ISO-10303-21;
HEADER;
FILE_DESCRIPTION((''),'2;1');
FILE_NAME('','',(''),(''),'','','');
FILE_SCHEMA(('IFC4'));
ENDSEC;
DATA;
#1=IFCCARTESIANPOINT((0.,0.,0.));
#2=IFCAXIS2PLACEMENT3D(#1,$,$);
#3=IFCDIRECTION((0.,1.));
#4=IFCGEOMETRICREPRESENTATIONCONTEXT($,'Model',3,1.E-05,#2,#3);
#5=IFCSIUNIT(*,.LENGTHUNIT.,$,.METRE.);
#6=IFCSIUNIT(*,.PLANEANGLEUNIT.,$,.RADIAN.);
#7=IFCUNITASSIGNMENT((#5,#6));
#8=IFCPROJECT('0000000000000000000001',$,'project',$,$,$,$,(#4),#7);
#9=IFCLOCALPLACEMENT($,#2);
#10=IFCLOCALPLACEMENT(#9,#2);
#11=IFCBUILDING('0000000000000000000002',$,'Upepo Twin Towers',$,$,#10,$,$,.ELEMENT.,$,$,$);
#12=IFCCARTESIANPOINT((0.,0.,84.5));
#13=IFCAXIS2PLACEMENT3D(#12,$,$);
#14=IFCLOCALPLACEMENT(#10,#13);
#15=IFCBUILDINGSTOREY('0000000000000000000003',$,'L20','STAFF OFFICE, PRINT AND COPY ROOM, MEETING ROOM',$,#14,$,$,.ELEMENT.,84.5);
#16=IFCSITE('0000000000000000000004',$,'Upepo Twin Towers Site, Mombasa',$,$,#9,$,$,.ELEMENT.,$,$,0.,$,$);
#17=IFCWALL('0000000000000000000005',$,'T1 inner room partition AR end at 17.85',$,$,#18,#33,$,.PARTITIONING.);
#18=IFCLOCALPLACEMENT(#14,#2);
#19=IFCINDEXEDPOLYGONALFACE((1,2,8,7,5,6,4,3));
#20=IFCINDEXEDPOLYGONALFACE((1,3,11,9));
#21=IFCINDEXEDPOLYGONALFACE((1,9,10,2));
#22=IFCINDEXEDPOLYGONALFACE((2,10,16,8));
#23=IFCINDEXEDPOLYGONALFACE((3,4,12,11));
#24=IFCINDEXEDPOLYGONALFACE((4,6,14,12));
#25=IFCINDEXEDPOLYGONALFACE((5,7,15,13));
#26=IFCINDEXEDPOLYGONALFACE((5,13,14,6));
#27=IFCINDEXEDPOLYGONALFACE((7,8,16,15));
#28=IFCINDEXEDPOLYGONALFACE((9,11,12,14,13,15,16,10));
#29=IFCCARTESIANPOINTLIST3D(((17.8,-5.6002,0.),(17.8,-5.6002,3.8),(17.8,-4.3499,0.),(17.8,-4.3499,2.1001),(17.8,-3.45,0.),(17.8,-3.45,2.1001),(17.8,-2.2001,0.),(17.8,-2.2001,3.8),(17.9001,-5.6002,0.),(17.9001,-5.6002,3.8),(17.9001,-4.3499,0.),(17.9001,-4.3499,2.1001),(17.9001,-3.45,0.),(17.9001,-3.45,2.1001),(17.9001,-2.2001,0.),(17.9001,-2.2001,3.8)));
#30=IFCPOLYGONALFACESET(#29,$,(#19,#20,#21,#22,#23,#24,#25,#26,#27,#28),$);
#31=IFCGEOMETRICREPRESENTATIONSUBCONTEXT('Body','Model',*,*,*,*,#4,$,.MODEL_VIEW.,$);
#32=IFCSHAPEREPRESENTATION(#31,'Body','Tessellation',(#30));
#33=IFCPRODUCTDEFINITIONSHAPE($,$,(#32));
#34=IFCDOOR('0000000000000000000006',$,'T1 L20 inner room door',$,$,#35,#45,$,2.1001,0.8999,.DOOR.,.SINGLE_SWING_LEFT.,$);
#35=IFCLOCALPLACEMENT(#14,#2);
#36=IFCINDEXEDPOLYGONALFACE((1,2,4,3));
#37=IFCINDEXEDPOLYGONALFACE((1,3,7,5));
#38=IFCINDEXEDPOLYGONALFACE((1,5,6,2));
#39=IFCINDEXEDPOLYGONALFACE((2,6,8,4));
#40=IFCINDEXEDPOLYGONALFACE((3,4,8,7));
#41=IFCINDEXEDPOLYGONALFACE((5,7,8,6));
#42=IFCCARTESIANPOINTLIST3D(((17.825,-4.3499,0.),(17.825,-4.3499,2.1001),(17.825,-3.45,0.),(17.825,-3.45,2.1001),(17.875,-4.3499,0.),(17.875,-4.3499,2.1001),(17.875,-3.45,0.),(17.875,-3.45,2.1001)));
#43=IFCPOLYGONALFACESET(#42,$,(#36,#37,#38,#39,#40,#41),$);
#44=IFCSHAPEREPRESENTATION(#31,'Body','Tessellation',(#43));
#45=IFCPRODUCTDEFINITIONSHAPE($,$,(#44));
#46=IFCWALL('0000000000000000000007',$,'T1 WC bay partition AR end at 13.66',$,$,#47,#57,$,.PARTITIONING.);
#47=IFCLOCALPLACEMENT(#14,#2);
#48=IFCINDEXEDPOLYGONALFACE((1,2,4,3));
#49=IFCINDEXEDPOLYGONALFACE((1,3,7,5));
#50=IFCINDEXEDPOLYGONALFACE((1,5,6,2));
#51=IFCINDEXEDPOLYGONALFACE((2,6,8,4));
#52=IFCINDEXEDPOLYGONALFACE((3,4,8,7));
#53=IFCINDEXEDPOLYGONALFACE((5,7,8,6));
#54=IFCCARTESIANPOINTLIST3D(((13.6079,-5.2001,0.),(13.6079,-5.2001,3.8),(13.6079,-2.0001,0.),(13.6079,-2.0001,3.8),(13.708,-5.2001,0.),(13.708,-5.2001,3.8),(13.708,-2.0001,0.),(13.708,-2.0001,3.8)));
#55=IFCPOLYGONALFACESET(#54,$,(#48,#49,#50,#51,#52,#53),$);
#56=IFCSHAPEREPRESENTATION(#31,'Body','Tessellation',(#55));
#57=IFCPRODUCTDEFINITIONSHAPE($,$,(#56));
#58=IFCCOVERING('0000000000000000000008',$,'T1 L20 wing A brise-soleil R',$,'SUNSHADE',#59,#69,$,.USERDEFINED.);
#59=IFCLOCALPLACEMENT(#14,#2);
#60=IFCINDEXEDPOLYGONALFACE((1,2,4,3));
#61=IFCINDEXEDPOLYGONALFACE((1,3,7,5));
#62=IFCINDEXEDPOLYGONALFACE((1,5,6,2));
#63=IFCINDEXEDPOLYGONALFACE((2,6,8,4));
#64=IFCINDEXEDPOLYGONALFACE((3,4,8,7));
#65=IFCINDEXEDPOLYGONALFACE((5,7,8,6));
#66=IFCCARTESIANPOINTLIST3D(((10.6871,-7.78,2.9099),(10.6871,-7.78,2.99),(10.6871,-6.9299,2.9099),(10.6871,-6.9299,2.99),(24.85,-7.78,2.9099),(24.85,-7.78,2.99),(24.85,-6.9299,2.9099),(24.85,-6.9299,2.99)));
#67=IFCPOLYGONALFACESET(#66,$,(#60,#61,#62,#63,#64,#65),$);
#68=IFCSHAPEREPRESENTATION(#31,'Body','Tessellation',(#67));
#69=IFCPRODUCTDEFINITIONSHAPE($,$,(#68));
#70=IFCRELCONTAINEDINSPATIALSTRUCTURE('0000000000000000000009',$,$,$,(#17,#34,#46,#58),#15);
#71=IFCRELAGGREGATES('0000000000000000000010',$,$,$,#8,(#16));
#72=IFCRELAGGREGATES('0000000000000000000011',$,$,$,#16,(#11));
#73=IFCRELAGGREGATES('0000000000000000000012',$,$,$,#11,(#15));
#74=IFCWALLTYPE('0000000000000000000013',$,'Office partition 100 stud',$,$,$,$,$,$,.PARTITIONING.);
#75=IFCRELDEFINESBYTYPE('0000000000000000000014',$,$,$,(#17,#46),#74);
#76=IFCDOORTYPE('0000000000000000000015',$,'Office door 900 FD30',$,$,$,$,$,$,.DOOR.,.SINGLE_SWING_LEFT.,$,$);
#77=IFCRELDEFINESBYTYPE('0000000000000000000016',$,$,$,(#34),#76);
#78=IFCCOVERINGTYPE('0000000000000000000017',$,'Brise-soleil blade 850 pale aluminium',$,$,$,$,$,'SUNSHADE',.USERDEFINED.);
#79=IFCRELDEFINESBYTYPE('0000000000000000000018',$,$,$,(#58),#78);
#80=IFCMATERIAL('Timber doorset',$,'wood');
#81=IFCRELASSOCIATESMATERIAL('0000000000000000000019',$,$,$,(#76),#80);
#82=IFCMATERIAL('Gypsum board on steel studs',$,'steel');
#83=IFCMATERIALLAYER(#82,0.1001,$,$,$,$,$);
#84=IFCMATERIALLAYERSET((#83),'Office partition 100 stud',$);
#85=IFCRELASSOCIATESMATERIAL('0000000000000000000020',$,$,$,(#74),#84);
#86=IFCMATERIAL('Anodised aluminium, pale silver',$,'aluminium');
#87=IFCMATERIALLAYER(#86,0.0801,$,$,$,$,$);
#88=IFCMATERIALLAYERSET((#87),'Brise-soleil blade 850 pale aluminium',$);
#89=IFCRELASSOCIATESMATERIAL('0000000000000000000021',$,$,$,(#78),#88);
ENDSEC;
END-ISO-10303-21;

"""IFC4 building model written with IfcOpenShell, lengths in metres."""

from ifc_helpers import new_model, si_unit, direction, frame, frame_2d, origin, origin_2d, place, context, subcontext, project, spatial, rectangle, extrude, material, layer, layer_set, type_object, element, fill, save


model = new_model("IFC4")

# Units and contexts
model_context = context("Model", 3, precision=1e-05, world=origin(), true_north=direction((0.0, 1.0)))
body_context = subcontext(model_context, "Body", "Model", "MODEL_VIEW")
ifc_project = project(units=[si_unit("LENGTHUNIT", "METRE"), si_unit("PLANEANGLEUNIT", "RADIAN")], contexts=[model_context])

# Site, building, storey
site_placement = place(None, origin())
site = spatial("IfcSite", under=ifc_project, at=site_placement, Name="Upepo Twin Towers Site, Mombasa", CompositionType="ELEMENT", RefElevation=0.0)
building_placement = place(site_placement, origin())
building = spatial("IfcBuilding", under=site, at=building_placement, Name="Upepo Twin Towers", CompositionType="ELEMENT")
storey_placement = place(building_placement, frame((0.0, 0.0, 84.5)))
storey = spatial("IfcBuildingStorey", under=building, at=storey_placement, Name="L20", Description="STAFF OFFICE, PRINT AND COPY ROOM, MEETING ROOM", CompositionType="ELEMENT", Elevation=84.5)

# Shared definitions
ifc_material_1 = material(Name="Timber doorset", Category="wood")
door_type_1 = type_object("IfcDoorType", Name="Office door 900 FD30", OperationType="SINGLE_SWING_LEFT", PredefinedType="DOOR", material=ifc_material_1)

# Shared definitions
ifc_material_2 = material(Name="Gypsum board on steel studs", Category="steel")
ifc_layer_1 = layer(ifc_material_2, 0.1001)
ifc_layer_set_1 = layer_set([ifc_layer_1], Name="Office partition 100 stud")
wall_type_1 = type_object("IfcWallType", Name="Office partition 100 stud", PredefinedType="PARTITIONING", material=ifc_layer_set_1)

# Wall, opening, door
wall_1_placement = place(storey_placement, frame((17.8501, -2.2, 0.0), z_axis=(0.0, 0.0, 1.0), x_axis=(0.0, -1.0, 0.0)))
wall_1 = element("IfcWall", 1, at=wall_1_placement, inside=storey, type_object=wall_type_1, Name="T1 inner room partition AR end at 17.85", PredefinedType="PARTITIONING", context=body_context, shape_type="SweptSolid", body=[
    extrude(rectangle(XDim=3.4001, YDim=0.1001, at=frame_2d((1.7002, 0.0))), origin(), (0.0, 0.0, 1.0), 3.8),
])
opening_1_placement = place(wall_1_placement, frame((1.25, 0.0, 0.0)))
opening_1 = element("IfcOpeningElement", 2, at=opening_1_placement, cuts=wall_1, PredefinedType="OPENING", context=body_context, shape_type="SweptSolid", body=[
    extrude(rectangle(XDim=0.8999, YDim=2.1001, at=frame_2d((0.45, 1.05))), frame((0.0, 0.0601, 0.0), z_axis=(0.0, -1.0, 0.0), x_axis=(1.0, 0.0, 0.0)), (0.0, 0.0, 1.0), 0.1201),
])
door_1_placement = place(opening_1_placement, origin())
door_1 = element("IfcDoor", 3, at=door_1_placement, inside=storey, type_object=door_type_1, Name="T1 L20 inner room door", OperationType="SINGLE_SWING_LEFT", OverallHeight=2.1001, OverallWidth=0.8999, PredefinedType="DOOR", context=body_context, shape_type="SweptSolid", body=[
    extrude(rectangle(XDim=0.8999, YDim=2.1001, at=frame_2d((0.45, 1.05))), frame((0.0, 0.0249, 0.0), z_axis=(0.0, -1.0, 0.0), x_axis=(1.0, 0.0, 0.0)), (0.0, 0.0, 1.0), 0.05),
])
fill(opening_1, door_1)

# Wall
wall_2_placement = place(storey_placement, frame((13.658, -2.0, 0.0), z_axis=(0.0, 0.0, 1.0), x_axis=(0.0, -1.0, 0.0)))
element("IfcWall", 4, at=wall_2_placement, inside=storey, type_object=wall_type_1, Name="T1 WC bay partition AR end at 13.66", PredefinedType="PARTITIONING", context=body_context, shape_type="SweptSolid", body=[
    extrude(rectangle(XDim=3.2, YDim=0.1001, at=frame_2d((1.6001, 0.0))), origin(), (0.0, 0.0, 1.0), 3.8),
])

# Covering
ifc_material_3 = material(Name="Anodised aluminium, pale silver", Category="aluminium")
ifc_layer_2 = layer(ifc_material_3, 0.0801)
ifc_layer_set_2 = layer_set([ifc_layer_2], Name="Brise-soleil blade 850 pale aluminium")
covering_type = type_object("IfcCoveringType", Name="Brise-soleil blade 850 pale aluminium", ElementType="SUNSHADE", PredefinedType="USERDEFINED", material=ifc_layer_set_2)
covering_placement = place(storey_placement, frame((17.7686, -7.355, 2.9099), z_axis=(0.0, 0.0, 1.0), x_axis=(1.0, 0.0, 0.0)))
element("IfcCovering", 5, at=covering_placement, inside=storey, type_object=covering_type, Name="T1 L20 wing A brise-soleil R", ObjectType="SUNSHADE", PredefinedType="USERDEFINED", context=body_context, shape_type="SweptSolid", body=[
    extrude(rectangle(XDim=14.1628, YDim=0.8501, at=origin_2d()), origin(), (0.0, 0.0, 1.0), 0.0801),
])

save(model, "model.ifc")
